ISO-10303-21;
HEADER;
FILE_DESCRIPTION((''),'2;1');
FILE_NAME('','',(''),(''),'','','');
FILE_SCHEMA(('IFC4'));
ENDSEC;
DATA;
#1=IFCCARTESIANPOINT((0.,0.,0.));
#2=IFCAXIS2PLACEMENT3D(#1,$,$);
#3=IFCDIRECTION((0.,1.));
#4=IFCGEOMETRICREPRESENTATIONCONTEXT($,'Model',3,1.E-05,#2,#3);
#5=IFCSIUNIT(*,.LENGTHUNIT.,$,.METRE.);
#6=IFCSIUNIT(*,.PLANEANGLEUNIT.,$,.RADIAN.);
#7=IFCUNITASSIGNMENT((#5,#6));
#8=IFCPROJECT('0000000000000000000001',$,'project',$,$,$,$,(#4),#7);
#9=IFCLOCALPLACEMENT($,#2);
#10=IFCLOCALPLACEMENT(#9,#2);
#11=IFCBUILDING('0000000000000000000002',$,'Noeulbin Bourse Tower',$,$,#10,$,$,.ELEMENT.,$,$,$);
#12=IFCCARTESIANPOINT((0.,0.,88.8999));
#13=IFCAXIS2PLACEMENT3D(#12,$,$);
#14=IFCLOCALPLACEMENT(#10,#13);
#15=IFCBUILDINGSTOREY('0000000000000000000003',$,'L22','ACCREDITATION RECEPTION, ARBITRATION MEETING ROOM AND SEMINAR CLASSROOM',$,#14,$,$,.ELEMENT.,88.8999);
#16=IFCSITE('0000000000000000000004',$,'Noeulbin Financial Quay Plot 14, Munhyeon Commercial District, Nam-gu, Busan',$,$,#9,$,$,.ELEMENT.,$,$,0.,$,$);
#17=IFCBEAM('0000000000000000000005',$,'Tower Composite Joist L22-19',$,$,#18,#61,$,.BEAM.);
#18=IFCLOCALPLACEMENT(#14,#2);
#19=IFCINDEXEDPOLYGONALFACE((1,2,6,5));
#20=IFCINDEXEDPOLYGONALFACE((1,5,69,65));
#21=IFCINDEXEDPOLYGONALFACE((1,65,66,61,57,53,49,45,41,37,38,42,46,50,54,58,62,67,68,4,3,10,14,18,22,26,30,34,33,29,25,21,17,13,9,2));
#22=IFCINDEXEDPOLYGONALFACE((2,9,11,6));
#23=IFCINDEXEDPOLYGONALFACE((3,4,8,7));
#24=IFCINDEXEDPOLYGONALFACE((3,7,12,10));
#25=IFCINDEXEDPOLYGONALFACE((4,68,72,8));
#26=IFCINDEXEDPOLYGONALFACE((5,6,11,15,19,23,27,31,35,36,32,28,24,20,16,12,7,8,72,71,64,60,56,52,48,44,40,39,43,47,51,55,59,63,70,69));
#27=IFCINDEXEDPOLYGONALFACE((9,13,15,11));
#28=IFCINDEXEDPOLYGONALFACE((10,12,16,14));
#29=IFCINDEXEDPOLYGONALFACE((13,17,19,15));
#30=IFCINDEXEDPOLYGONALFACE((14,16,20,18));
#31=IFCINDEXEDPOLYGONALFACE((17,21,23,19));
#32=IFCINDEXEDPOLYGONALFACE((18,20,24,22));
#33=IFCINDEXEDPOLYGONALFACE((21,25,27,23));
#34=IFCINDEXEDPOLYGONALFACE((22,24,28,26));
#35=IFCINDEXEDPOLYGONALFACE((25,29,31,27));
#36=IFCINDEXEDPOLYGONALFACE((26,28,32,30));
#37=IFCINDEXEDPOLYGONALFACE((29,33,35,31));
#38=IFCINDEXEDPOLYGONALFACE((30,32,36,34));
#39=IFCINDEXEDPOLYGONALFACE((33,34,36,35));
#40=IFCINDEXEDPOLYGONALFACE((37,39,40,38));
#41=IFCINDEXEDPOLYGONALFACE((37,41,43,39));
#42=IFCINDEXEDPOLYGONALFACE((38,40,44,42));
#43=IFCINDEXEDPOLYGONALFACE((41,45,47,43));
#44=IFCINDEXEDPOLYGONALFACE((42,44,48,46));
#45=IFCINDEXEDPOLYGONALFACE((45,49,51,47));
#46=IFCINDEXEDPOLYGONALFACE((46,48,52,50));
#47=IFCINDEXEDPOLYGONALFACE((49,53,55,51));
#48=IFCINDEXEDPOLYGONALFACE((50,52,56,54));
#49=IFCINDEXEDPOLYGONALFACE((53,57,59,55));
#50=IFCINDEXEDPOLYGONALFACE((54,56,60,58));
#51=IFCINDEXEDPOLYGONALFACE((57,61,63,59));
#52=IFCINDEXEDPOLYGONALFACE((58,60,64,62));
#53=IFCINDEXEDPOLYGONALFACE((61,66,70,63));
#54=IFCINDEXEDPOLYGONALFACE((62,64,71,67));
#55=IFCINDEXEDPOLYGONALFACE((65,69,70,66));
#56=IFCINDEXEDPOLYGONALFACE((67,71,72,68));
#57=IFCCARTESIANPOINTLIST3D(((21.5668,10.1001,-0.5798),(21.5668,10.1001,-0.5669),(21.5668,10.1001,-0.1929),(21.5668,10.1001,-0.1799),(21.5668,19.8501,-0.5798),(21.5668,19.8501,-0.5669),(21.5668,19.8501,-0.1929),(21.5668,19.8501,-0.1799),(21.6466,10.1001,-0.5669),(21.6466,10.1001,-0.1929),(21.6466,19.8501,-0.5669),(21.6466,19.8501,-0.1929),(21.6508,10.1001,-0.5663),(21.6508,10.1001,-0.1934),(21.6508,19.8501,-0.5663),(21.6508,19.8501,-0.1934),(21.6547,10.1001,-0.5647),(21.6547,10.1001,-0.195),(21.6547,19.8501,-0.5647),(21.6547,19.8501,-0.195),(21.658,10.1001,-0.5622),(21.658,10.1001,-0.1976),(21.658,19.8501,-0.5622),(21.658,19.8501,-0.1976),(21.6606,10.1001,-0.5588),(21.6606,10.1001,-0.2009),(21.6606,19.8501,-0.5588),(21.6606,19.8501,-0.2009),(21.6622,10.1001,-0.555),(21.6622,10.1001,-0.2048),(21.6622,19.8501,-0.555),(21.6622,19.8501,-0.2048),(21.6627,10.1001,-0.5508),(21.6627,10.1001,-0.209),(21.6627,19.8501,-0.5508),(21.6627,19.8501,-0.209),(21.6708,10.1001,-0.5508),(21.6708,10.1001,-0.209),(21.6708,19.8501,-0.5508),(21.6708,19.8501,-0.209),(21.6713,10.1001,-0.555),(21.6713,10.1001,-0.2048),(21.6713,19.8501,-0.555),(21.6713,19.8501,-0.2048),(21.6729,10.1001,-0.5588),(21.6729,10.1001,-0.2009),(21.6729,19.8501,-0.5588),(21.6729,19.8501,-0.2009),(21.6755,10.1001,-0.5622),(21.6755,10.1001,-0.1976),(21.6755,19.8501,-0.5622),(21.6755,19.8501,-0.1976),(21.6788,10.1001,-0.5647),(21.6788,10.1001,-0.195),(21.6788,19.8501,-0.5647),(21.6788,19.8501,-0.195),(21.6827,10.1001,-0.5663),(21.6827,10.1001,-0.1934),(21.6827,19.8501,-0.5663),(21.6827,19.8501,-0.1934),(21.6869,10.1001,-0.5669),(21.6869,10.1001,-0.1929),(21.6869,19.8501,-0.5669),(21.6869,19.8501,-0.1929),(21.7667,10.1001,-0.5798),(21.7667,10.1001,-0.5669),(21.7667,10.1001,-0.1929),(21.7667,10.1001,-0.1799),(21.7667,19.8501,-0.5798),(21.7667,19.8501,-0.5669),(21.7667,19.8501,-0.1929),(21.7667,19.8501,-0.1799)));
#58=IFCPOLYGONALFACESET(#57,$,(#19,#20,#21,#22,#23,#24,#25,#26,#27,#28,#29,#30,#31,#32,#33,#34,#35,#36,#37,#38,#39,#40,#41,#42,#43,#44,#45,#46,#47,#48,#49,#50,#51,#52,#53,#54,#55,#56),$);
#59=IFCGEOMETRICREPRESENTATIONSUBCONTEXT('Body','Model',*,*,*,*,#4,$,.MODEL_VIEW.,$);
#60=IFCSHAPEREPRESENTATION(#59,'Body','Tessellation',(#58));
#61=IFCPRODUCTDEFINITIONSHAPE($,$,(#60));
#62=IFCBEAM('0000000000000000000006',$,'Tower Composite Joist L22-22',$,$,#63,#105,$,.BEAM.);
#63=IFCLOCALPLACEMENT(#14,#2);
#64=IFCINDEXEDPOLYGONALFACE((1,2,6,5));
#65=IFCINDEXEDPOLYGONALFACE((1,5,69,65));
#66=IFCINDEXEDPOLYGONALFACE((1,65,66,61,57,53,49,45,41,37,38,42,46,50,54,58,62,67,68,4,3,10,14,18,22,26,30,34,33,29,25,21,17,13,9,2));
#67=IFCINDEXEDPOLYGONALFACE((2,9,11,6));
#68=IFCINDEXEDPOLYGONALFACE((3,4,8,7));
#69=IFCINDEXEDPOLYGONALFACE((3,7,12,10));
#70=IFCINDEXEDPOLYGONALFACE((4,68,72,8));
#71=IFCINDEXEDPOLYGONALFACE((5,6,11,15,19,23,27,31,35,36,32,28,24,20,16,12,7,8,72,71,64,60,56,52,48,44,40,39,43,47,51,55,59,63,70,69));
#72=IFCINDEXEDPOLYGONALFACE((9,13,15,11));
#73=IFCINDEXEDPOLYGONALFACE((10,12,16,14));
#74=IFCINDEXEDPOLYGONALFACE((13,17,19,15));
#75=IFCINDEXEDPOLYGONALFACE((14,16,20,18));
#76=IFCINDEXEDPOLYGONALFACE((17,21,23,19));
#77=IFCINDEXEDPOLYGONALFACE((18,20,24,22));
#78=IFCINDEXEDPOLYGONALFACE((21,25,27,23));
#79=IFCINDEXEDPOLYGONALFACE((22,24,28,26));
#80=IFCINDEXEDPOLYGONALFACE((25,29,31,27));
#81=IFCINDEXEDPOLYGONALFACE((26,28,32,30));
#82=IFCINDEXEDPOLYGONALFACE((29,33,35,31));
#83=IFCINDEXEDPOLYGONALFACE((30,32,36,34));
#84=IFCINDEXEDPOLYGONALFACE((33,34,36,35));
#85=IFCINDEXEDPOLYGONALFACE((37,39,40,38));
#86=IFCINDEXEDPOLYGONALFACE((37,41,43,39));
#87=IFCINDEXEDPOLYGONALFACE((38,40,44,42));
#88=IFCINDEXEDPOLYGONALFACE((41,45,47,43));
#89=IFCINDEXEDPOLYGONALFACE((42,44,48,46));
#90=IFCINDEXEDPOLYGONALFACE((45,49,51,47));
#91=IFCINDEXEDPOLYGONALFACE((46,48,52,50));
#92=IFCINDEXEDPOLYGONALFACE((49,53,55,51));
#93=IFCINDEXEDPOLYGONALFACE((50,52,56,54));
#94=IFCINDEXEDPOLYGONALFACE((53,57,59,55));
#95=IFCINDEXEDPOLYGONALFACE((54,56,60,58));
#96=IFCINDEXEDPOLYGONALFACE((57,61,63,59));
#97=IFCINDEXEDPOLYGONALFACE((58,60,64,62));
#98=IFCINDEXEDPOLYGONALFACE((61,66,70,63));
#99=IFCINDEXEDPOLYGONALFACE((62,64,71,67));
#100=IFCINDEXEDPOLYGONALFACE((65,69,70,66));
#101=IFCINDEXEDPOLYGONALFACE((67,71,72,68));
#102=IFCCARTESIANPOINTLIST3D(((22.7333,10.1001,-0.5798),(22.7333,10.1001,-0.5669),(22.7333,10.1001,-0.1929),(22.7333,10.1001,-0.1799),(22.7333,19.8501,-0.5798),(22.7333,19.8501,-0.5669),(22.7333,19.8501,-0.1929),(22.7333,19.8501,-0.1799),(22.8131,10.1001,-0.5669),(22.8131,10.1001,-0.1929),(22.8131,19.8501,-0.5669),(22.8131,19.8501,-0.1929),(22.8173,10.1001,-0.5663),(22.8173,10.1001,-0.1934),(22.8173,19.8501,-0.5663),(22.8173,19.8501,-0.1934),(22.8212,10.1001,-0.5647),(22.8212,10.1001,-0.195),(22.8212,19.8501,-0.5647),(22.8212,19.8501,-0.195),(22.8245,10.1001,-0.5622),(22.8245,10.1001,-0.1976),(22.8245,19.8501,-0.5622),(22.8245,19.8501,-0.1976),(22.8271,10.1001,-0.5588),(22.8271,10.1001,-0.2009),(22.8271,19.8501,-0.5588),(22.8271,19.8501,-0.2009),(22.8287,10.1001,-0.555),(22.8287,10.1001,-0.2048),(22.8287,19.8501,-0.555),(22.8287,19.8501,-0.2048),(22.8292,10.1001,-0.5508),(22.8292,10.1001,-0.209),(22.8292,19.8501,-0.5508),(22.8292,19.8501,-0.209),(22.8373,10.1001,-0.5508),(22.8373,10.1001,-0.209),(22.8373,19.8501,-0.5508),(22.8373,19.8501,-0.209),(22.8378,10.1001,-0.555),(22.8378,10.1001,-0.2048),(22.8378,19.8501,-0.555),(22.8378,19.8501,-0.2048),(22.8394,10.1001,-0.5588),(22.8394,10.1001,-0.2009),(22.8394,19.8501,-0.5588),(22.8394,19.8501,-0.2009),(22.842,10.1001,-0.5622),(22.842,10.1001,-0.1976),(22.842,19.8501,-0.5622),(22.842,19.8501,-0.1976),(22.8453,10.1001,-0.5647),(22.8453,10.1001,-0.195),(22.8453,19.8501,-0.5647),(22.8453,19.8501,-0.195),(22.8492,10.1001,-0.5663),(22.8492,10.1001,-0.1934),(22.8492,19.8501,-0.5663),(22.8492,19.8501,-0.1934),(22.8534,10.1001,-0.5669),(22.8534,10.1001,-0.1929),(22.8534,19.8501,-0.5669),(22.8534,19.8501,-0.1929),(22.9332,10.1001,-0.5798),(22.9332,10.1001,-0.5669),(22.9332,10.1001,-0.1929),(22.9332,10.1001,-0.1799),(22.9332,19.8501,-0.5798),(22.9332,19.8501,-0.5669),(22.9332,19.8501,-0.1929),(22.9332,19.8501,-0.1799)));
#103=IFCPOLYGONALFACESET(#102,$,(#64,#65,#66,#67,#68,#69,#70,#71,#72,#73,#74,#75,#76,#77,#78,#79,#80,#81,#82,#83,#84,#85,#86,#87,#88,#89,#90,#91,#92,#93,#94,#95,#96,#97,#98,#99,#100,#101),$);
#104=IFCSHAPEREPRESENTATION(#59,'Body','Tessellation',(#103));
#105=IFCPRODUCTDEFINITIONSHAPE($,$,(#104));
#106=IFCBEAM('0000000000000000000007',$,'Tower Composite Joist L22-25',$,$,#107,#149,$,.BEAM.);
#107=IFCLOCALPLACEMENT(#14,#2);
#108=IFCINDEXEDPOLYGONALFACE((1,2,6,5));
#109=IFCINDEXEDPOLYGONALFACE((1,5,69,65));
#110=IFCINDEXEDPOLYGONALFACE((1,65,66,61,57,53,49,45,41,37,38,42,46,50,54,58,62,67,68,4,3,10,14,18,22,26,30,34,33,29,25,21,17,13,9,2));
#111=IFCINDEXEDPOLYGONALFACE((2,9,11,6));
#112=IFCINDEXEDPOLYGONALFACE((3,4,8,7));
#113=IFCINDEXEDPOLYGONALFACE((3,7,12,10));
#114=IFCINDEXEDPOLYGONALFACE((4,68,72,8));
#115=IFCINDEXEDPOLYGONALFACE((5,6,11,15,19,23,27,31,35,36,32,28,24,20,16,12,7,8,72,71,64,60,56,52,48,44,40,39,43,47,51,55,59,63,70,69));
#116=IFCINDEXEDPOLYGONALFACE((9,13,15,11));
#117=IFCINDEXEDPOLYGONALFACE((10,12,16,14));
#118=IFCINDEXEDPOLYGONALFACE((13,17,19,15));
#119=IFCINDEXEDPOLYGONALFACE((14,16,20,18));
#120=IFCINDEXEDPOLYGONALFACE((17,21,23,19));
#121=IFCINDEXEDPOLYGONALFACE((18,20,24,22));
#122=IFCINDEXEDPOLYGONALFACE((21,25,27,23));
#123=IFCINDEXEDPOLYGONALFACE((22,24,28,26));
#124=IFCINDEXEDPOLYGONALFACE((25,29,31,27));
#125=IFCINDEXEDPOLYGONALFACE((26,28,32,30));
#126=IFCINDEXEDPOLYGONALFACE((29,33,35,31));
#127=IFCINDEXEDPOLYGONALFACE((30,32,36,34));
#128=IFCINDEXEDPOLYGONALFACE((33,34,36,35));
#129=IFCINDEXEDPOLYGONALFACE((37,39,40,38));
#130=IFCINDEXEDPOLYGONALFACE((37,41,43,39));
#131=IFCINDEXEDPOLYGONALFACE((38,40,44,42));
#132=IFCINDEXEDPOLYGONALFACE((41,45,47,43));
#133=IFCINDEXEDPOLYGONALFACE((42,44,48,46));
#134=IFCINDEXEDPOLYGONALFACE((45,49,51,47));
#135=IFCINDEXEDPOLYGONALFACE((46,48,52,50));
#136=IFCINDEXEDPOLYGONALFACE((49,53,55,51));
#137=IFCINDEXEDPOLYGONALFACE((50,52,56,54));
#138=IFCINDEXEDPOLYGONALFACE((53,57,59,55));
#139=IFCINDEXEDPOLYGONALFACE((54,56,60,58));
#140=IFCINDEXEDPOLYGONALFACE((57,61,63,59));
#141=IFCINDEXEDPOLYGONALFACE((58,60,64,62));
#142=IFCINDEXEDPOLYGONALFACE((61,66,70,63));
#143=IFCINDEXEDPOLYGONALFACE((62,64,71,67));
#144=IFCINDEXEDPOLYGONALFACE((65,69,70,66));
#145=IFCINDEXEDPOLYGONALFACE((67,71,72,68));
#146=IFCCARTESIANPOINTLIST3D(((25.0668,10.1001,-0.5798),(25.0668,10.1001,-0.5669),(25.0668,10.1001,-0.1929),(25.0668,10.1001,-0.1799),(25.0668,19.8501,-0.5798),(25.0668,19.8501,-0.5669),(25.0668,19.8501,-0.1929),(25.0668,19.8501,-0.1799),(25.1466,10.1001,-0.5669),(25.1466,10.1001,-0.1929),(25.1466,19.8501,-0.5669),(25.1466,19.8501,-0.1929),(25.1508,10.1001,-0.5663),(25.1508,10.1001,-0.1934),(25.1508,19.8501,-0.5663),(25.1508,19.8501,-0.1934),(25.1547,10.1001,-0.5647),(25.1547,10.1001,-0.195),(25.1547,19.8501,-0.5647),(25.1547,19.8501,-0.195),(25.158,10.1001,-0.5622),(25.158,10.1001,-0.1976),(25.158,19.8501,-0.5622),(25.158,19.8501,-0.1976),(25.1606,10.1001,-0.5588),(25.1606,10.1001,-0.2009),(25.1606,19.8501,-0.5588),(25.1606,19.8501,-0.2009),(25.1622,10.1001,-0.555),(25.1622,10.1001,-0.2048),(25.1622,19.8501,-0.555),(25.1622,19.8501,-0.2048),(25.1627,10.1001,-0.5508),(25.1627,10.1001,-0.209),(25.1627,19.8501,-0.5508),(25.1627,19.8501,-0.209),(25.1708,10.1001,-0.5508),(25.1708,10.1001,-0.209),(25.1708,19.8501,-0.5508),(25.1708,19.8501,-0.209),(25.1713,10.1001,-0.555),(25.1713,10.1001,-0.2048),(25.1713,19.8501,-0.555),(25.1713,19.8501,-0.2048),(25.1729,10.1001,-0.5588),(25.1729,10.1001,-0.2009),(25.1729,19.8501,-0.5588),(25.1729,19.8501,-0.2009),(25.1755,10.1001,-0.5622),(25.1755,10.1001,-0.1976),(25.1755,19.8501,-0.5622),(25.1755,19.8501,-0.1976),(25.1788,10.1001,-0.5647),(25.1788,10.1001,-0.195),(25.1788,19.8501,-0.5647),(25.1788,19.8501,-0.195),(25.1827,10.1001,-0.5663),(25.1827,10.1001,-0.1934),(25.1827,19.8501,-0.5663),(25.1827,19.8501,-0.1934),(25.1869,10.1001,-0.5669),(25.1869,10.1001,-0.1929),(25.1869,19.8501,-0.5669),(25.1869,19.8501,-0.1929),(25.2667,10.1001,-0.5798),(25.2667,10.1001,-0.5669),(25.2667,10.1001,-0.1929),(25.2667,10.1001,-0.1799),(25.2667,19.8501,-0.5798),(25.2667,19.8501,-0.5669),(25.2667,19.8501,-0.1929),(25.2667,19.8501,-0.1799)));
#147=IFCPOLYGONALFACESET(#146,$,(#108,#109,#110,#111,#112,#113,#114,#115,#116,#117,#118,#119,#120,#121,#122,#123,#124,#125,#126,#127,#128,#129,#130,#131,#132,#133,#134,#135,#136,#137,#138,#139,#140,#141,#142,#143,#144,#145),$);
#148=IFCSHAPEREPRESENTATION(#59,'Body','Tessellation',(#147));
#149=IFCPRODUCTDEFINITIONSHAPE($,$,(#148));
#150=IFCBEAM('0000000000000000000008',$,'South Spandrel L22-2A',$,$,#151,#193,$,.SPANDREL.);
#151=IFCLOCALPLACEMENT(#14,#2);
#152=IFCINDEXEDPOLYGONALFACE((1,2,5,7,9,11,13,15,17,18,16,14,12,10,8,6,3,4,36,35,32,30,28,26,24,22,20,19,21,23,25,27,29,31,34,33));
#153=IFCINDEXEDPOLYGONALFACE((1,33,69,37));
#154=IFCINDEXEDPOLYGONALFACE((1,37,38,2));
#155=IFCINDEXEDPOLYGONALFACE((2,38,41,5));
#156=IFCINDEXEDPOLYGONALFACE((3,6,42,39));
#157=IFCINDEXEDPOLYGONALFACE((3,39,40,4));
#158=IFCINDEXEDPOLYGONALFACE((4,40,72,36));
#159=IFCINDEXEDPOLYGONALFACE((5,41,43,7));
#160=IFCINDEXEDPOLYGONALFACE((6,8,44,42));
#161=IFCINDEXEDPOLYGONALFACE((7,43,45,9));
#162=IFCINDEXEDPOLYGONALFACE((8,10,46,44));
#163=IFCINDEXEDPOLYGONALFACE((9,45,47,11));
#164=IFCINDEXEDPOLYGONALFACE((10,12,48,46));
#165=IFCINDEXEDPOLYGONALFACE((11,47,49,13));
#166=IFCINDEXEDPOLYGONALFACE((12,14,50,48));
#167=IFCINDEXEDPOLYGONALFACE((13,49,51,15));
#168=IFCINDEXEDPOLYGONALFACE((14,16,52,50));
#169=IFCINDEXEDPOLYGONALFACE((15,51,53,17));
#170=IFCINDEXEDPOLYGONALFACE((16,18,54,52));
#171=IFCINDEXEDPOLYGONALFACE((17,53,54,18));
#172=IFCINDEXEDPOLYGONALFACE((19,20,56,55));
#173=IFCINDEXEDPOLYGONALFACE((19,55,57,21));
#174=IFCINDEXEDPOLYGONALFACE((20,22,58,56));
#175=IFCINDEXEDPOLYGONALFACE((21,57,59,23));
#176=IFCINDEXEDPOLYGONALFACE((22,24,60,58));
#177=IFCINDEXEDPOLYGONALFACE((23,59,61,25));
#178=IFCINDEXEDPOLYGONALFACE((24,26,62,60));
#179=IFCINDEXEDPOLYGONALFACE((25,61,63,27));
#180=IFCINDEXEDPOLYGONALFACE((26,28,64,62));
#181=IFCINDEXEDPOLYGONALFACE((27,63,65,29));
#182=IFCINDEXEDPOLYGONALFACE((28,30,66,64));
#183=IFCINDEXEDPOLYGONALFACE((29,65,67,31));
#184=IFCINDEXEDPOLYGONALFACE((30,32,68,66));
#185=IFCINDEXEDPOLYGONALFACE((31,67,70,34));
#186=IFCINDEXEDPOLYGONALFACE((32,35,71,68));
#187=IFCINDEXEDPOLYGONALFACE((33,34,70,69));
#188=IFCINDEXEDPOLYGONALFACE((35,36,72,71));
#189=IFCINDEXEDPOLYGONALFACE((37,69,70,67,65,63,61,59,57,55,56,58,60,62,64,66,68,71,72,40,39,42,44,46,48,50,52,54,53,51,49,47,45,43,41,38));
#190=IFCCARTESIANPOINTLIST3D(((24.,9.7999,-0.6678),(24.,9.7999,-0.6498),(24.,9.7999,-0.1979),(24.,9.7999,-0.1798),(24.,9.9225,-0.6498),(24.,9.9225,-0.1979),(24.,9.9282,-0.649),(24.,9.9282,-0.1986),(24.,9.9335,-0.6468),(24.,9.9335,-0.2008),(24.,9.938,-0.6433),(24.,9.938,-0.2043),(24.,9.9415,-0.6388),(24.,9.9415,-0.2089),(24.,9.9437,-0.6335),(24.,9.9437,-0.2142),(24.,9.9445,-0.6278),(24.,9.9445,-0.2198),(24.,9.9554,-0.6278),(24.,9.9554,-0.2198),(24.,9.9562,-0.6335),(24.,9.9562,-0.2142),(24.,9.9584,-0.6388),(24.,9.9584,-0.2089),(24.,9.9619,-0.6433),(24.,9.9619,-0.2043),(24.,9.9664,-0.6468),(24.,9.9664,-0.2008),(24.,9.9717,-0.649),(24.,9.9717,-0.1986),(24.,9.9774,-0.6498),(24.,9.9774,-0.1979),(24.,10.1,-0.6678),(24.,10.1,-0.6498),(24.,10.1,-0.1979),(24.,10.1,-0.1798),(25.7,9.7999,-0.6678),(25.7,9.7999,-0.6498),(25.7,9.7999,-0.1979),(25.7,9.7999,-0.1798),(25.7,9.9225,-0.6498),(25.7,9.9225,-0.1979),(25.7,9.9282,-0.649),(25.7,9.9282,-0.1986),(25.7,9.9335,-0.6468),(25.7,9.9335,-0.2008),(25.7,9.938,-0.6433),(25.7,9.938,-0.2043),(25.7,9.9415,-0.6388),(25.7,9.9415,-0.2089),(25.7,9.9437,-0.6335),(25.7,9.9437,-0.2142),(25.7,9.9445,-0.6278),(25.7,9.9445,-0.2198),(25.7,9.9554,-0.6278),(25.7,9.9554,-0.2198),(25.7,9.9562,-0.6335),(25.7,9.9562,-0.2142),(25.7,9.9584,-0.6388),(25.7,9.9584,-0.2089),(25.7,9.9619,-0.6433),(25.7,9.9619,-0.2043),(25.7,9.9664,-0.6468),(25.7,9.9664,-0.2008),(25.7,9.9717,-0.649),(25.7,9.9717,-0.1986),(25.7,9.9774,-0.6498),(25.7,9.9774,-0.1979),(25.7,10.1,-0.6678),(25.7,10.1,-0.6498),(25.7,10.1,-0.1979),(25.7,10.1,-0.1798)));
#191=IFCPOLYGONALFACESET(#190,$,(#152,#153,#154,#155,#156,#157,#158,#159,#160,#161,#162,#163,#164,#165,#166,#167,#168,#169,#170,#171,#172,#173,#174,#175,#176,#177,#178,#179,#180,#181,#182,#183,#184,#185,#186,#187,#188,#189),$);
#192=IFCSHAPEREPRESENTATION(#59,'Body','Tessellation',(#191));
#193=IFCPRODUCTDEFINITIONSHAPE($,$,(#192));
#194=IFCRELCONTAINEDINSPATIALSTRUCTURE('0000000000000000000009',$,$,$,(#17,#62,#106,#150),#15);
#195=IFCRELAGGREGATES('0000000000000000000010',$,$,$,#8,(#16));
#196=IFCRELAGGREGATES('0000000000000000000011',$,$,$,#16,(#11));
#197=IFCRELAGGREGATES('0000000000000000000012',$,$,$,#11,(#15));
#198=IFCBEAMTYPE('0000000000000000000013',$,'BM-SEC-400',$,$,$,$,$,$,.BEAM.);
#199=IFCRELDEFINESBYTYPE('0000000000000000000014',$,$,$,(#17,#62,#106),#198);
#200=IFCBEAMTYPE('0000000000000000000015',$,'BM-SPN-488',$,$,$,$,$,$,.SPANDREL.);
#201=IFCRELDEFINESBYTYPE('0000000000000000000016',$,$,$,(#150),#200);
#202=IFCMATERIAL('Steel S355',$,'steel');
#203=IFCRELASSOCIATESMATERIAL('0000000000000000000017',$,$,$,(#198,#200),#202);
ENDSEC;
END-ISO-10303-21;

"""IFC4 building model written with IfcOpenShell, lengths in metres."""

from ifc_helpers import new_model, si_unit, direction, frame, origin, origin_2d, place, context, subcontext, project, spatial, i_section, extrude, material, material_profile, profile_set, type_object, element, save


model = new_model("IFC4")

# Units and contexts
model_context = context("Model", 3, precision=1e-05, world=origin(), true_north=direction((0.0, 1.0)))
body_context = subcontext(model_context, "Body", "Model", "MODEL_VIEW")
ifc_project = project(units=[si_unit("LENGTHUNIT", "METRE"), si_unit("PLANEANGLEUNIT", "RADIAN")], contexts=[model_context])

# Site, building, storey
site_placement = place(None, origin())
site = spatial("IfcSite", under=ifc_project, at=site_placement, Name="Noeulbin Financial Quay Plot 14, Munhyeon Commercial District, Nam-gu, Busan", CompositionType="ELEMENT", RefElevation=0.0)
building_placement = place(site_placement, origin())
building = spatial("IfcBuilding", under=site, at=building_placement, Name="Noeulbin Bourse Tower", CompositionType="ELEMENT")
storey_placement = place(building_placement, frame((0.0, 0.0, 88.8999)))
storey = spatial("IfcBuildingStorey", under=building, at=storey_placement, Name="L22", Description="ACCREDITATION RECEPTION, ARBITRATION MEETING ROOM AND SEMINAR CLASSROOM", CompositionType="ELEMENT", Elevation=88.8999)

# Beams
ifc_material_1 = material(Name="Steel S355", Category="steel")
ifc_material_profile_1 = material_profile(ifc_material_1, i_section(OverallWidth=0.2, OverallDepth=0.3999, WebThickness=0.0081, FlangeThickness=0.0129, FilletRadius=0.0161, at=origin_2d()), Name="H-400x200x8x13", Category="LoadBearing")
ifc_profile_set_1 = profile_set([ifc_material_profile_1], Name="Steel S355")
beam_type_1 = type_object("IfcBeamType", Name="BM-SEC-400", PredefinedType="BEAM", material=ifc_profile_set_1)
for number, where, z_axis, x_axis, name in (
    (1, (21.6667, 10.1001, -0.3799), (0.0, 1.0, 0.0), (-1.0, 0.0, 0.0), "Tower Composite Joist L22-19"),
    (2, (22.8333, 10.1001, -0.3799), (0.0, 1.0, 0.0), (-1.0, 0.0, 0.0), "Tower Composite Joist L22-22"),
    (3, (25.1667, 10.1001, -0.3799), (0.0, 1.0, 0.0), (-1.0, 0.0, 0.0), "Tower Composite Joist L22-25"),
):
    element("IfcBeam", number, at=place(storey_placement, frame(where, z_axis=z_axis, x_axis=x_axis)), inside=storey, type_object=beam_type_1, Name=name, PredefinedType="BEAM", context=body_context, shape_type="SweptSolid", body=[
        extrude(i_section(OverallWidth=0.2, OverallDepth=0.3999, WebThickness=0.0081, FlangeThickness=0.0129, FilletRadius=0.0161, at=origin_2d()), origin(), (0.0, 0.0, 1.0), 9.75),
    ])
ifc_material_profile_2 = material_profile(ifc_material_1, i_section(OverallWidth=0.3, OverallDepth=0.488, WebThickness=0.011, FlangeThickness=0.0181, FilletRadius=0.022, at=origin_2d()), Name="H-488x300x11x18", Category="LoadBearing")
ifc_profile_set_2 = profile_set([ifc_material_profile_2], Name="Steel S355")
beam_type_2 = type_object("IfcBeamType", Name="BM-SPN-488", PredefinedType="SPANDREL", material=ifc_profile_set_2)
beam_1_placement = place(storey_placement, frame((24.0, 9.95, -0.4238), z_axis=(1.0, 0.0, 0.0), x_axis=(0.0, 1.0, 0.0)))
element("IfcBeam", 4, at=beam_1_placement, inside=storey, type_object=beam_type_2, Name="South Spandrel L22-2A", PredefinedType="SPANDREL", context=body_context, shape_type="SweptSolid", body=[
    extrude(i_section(OverallWidth=0.3, OverallDepth=0.488, WebThickness=0.011, FlangeThickness=0.0181, FilletRadius=0.022, at=origin_2d()), origin(), (0.0, 0.0, 1.0), 1.7),
])

save(model, "model.ifc")
